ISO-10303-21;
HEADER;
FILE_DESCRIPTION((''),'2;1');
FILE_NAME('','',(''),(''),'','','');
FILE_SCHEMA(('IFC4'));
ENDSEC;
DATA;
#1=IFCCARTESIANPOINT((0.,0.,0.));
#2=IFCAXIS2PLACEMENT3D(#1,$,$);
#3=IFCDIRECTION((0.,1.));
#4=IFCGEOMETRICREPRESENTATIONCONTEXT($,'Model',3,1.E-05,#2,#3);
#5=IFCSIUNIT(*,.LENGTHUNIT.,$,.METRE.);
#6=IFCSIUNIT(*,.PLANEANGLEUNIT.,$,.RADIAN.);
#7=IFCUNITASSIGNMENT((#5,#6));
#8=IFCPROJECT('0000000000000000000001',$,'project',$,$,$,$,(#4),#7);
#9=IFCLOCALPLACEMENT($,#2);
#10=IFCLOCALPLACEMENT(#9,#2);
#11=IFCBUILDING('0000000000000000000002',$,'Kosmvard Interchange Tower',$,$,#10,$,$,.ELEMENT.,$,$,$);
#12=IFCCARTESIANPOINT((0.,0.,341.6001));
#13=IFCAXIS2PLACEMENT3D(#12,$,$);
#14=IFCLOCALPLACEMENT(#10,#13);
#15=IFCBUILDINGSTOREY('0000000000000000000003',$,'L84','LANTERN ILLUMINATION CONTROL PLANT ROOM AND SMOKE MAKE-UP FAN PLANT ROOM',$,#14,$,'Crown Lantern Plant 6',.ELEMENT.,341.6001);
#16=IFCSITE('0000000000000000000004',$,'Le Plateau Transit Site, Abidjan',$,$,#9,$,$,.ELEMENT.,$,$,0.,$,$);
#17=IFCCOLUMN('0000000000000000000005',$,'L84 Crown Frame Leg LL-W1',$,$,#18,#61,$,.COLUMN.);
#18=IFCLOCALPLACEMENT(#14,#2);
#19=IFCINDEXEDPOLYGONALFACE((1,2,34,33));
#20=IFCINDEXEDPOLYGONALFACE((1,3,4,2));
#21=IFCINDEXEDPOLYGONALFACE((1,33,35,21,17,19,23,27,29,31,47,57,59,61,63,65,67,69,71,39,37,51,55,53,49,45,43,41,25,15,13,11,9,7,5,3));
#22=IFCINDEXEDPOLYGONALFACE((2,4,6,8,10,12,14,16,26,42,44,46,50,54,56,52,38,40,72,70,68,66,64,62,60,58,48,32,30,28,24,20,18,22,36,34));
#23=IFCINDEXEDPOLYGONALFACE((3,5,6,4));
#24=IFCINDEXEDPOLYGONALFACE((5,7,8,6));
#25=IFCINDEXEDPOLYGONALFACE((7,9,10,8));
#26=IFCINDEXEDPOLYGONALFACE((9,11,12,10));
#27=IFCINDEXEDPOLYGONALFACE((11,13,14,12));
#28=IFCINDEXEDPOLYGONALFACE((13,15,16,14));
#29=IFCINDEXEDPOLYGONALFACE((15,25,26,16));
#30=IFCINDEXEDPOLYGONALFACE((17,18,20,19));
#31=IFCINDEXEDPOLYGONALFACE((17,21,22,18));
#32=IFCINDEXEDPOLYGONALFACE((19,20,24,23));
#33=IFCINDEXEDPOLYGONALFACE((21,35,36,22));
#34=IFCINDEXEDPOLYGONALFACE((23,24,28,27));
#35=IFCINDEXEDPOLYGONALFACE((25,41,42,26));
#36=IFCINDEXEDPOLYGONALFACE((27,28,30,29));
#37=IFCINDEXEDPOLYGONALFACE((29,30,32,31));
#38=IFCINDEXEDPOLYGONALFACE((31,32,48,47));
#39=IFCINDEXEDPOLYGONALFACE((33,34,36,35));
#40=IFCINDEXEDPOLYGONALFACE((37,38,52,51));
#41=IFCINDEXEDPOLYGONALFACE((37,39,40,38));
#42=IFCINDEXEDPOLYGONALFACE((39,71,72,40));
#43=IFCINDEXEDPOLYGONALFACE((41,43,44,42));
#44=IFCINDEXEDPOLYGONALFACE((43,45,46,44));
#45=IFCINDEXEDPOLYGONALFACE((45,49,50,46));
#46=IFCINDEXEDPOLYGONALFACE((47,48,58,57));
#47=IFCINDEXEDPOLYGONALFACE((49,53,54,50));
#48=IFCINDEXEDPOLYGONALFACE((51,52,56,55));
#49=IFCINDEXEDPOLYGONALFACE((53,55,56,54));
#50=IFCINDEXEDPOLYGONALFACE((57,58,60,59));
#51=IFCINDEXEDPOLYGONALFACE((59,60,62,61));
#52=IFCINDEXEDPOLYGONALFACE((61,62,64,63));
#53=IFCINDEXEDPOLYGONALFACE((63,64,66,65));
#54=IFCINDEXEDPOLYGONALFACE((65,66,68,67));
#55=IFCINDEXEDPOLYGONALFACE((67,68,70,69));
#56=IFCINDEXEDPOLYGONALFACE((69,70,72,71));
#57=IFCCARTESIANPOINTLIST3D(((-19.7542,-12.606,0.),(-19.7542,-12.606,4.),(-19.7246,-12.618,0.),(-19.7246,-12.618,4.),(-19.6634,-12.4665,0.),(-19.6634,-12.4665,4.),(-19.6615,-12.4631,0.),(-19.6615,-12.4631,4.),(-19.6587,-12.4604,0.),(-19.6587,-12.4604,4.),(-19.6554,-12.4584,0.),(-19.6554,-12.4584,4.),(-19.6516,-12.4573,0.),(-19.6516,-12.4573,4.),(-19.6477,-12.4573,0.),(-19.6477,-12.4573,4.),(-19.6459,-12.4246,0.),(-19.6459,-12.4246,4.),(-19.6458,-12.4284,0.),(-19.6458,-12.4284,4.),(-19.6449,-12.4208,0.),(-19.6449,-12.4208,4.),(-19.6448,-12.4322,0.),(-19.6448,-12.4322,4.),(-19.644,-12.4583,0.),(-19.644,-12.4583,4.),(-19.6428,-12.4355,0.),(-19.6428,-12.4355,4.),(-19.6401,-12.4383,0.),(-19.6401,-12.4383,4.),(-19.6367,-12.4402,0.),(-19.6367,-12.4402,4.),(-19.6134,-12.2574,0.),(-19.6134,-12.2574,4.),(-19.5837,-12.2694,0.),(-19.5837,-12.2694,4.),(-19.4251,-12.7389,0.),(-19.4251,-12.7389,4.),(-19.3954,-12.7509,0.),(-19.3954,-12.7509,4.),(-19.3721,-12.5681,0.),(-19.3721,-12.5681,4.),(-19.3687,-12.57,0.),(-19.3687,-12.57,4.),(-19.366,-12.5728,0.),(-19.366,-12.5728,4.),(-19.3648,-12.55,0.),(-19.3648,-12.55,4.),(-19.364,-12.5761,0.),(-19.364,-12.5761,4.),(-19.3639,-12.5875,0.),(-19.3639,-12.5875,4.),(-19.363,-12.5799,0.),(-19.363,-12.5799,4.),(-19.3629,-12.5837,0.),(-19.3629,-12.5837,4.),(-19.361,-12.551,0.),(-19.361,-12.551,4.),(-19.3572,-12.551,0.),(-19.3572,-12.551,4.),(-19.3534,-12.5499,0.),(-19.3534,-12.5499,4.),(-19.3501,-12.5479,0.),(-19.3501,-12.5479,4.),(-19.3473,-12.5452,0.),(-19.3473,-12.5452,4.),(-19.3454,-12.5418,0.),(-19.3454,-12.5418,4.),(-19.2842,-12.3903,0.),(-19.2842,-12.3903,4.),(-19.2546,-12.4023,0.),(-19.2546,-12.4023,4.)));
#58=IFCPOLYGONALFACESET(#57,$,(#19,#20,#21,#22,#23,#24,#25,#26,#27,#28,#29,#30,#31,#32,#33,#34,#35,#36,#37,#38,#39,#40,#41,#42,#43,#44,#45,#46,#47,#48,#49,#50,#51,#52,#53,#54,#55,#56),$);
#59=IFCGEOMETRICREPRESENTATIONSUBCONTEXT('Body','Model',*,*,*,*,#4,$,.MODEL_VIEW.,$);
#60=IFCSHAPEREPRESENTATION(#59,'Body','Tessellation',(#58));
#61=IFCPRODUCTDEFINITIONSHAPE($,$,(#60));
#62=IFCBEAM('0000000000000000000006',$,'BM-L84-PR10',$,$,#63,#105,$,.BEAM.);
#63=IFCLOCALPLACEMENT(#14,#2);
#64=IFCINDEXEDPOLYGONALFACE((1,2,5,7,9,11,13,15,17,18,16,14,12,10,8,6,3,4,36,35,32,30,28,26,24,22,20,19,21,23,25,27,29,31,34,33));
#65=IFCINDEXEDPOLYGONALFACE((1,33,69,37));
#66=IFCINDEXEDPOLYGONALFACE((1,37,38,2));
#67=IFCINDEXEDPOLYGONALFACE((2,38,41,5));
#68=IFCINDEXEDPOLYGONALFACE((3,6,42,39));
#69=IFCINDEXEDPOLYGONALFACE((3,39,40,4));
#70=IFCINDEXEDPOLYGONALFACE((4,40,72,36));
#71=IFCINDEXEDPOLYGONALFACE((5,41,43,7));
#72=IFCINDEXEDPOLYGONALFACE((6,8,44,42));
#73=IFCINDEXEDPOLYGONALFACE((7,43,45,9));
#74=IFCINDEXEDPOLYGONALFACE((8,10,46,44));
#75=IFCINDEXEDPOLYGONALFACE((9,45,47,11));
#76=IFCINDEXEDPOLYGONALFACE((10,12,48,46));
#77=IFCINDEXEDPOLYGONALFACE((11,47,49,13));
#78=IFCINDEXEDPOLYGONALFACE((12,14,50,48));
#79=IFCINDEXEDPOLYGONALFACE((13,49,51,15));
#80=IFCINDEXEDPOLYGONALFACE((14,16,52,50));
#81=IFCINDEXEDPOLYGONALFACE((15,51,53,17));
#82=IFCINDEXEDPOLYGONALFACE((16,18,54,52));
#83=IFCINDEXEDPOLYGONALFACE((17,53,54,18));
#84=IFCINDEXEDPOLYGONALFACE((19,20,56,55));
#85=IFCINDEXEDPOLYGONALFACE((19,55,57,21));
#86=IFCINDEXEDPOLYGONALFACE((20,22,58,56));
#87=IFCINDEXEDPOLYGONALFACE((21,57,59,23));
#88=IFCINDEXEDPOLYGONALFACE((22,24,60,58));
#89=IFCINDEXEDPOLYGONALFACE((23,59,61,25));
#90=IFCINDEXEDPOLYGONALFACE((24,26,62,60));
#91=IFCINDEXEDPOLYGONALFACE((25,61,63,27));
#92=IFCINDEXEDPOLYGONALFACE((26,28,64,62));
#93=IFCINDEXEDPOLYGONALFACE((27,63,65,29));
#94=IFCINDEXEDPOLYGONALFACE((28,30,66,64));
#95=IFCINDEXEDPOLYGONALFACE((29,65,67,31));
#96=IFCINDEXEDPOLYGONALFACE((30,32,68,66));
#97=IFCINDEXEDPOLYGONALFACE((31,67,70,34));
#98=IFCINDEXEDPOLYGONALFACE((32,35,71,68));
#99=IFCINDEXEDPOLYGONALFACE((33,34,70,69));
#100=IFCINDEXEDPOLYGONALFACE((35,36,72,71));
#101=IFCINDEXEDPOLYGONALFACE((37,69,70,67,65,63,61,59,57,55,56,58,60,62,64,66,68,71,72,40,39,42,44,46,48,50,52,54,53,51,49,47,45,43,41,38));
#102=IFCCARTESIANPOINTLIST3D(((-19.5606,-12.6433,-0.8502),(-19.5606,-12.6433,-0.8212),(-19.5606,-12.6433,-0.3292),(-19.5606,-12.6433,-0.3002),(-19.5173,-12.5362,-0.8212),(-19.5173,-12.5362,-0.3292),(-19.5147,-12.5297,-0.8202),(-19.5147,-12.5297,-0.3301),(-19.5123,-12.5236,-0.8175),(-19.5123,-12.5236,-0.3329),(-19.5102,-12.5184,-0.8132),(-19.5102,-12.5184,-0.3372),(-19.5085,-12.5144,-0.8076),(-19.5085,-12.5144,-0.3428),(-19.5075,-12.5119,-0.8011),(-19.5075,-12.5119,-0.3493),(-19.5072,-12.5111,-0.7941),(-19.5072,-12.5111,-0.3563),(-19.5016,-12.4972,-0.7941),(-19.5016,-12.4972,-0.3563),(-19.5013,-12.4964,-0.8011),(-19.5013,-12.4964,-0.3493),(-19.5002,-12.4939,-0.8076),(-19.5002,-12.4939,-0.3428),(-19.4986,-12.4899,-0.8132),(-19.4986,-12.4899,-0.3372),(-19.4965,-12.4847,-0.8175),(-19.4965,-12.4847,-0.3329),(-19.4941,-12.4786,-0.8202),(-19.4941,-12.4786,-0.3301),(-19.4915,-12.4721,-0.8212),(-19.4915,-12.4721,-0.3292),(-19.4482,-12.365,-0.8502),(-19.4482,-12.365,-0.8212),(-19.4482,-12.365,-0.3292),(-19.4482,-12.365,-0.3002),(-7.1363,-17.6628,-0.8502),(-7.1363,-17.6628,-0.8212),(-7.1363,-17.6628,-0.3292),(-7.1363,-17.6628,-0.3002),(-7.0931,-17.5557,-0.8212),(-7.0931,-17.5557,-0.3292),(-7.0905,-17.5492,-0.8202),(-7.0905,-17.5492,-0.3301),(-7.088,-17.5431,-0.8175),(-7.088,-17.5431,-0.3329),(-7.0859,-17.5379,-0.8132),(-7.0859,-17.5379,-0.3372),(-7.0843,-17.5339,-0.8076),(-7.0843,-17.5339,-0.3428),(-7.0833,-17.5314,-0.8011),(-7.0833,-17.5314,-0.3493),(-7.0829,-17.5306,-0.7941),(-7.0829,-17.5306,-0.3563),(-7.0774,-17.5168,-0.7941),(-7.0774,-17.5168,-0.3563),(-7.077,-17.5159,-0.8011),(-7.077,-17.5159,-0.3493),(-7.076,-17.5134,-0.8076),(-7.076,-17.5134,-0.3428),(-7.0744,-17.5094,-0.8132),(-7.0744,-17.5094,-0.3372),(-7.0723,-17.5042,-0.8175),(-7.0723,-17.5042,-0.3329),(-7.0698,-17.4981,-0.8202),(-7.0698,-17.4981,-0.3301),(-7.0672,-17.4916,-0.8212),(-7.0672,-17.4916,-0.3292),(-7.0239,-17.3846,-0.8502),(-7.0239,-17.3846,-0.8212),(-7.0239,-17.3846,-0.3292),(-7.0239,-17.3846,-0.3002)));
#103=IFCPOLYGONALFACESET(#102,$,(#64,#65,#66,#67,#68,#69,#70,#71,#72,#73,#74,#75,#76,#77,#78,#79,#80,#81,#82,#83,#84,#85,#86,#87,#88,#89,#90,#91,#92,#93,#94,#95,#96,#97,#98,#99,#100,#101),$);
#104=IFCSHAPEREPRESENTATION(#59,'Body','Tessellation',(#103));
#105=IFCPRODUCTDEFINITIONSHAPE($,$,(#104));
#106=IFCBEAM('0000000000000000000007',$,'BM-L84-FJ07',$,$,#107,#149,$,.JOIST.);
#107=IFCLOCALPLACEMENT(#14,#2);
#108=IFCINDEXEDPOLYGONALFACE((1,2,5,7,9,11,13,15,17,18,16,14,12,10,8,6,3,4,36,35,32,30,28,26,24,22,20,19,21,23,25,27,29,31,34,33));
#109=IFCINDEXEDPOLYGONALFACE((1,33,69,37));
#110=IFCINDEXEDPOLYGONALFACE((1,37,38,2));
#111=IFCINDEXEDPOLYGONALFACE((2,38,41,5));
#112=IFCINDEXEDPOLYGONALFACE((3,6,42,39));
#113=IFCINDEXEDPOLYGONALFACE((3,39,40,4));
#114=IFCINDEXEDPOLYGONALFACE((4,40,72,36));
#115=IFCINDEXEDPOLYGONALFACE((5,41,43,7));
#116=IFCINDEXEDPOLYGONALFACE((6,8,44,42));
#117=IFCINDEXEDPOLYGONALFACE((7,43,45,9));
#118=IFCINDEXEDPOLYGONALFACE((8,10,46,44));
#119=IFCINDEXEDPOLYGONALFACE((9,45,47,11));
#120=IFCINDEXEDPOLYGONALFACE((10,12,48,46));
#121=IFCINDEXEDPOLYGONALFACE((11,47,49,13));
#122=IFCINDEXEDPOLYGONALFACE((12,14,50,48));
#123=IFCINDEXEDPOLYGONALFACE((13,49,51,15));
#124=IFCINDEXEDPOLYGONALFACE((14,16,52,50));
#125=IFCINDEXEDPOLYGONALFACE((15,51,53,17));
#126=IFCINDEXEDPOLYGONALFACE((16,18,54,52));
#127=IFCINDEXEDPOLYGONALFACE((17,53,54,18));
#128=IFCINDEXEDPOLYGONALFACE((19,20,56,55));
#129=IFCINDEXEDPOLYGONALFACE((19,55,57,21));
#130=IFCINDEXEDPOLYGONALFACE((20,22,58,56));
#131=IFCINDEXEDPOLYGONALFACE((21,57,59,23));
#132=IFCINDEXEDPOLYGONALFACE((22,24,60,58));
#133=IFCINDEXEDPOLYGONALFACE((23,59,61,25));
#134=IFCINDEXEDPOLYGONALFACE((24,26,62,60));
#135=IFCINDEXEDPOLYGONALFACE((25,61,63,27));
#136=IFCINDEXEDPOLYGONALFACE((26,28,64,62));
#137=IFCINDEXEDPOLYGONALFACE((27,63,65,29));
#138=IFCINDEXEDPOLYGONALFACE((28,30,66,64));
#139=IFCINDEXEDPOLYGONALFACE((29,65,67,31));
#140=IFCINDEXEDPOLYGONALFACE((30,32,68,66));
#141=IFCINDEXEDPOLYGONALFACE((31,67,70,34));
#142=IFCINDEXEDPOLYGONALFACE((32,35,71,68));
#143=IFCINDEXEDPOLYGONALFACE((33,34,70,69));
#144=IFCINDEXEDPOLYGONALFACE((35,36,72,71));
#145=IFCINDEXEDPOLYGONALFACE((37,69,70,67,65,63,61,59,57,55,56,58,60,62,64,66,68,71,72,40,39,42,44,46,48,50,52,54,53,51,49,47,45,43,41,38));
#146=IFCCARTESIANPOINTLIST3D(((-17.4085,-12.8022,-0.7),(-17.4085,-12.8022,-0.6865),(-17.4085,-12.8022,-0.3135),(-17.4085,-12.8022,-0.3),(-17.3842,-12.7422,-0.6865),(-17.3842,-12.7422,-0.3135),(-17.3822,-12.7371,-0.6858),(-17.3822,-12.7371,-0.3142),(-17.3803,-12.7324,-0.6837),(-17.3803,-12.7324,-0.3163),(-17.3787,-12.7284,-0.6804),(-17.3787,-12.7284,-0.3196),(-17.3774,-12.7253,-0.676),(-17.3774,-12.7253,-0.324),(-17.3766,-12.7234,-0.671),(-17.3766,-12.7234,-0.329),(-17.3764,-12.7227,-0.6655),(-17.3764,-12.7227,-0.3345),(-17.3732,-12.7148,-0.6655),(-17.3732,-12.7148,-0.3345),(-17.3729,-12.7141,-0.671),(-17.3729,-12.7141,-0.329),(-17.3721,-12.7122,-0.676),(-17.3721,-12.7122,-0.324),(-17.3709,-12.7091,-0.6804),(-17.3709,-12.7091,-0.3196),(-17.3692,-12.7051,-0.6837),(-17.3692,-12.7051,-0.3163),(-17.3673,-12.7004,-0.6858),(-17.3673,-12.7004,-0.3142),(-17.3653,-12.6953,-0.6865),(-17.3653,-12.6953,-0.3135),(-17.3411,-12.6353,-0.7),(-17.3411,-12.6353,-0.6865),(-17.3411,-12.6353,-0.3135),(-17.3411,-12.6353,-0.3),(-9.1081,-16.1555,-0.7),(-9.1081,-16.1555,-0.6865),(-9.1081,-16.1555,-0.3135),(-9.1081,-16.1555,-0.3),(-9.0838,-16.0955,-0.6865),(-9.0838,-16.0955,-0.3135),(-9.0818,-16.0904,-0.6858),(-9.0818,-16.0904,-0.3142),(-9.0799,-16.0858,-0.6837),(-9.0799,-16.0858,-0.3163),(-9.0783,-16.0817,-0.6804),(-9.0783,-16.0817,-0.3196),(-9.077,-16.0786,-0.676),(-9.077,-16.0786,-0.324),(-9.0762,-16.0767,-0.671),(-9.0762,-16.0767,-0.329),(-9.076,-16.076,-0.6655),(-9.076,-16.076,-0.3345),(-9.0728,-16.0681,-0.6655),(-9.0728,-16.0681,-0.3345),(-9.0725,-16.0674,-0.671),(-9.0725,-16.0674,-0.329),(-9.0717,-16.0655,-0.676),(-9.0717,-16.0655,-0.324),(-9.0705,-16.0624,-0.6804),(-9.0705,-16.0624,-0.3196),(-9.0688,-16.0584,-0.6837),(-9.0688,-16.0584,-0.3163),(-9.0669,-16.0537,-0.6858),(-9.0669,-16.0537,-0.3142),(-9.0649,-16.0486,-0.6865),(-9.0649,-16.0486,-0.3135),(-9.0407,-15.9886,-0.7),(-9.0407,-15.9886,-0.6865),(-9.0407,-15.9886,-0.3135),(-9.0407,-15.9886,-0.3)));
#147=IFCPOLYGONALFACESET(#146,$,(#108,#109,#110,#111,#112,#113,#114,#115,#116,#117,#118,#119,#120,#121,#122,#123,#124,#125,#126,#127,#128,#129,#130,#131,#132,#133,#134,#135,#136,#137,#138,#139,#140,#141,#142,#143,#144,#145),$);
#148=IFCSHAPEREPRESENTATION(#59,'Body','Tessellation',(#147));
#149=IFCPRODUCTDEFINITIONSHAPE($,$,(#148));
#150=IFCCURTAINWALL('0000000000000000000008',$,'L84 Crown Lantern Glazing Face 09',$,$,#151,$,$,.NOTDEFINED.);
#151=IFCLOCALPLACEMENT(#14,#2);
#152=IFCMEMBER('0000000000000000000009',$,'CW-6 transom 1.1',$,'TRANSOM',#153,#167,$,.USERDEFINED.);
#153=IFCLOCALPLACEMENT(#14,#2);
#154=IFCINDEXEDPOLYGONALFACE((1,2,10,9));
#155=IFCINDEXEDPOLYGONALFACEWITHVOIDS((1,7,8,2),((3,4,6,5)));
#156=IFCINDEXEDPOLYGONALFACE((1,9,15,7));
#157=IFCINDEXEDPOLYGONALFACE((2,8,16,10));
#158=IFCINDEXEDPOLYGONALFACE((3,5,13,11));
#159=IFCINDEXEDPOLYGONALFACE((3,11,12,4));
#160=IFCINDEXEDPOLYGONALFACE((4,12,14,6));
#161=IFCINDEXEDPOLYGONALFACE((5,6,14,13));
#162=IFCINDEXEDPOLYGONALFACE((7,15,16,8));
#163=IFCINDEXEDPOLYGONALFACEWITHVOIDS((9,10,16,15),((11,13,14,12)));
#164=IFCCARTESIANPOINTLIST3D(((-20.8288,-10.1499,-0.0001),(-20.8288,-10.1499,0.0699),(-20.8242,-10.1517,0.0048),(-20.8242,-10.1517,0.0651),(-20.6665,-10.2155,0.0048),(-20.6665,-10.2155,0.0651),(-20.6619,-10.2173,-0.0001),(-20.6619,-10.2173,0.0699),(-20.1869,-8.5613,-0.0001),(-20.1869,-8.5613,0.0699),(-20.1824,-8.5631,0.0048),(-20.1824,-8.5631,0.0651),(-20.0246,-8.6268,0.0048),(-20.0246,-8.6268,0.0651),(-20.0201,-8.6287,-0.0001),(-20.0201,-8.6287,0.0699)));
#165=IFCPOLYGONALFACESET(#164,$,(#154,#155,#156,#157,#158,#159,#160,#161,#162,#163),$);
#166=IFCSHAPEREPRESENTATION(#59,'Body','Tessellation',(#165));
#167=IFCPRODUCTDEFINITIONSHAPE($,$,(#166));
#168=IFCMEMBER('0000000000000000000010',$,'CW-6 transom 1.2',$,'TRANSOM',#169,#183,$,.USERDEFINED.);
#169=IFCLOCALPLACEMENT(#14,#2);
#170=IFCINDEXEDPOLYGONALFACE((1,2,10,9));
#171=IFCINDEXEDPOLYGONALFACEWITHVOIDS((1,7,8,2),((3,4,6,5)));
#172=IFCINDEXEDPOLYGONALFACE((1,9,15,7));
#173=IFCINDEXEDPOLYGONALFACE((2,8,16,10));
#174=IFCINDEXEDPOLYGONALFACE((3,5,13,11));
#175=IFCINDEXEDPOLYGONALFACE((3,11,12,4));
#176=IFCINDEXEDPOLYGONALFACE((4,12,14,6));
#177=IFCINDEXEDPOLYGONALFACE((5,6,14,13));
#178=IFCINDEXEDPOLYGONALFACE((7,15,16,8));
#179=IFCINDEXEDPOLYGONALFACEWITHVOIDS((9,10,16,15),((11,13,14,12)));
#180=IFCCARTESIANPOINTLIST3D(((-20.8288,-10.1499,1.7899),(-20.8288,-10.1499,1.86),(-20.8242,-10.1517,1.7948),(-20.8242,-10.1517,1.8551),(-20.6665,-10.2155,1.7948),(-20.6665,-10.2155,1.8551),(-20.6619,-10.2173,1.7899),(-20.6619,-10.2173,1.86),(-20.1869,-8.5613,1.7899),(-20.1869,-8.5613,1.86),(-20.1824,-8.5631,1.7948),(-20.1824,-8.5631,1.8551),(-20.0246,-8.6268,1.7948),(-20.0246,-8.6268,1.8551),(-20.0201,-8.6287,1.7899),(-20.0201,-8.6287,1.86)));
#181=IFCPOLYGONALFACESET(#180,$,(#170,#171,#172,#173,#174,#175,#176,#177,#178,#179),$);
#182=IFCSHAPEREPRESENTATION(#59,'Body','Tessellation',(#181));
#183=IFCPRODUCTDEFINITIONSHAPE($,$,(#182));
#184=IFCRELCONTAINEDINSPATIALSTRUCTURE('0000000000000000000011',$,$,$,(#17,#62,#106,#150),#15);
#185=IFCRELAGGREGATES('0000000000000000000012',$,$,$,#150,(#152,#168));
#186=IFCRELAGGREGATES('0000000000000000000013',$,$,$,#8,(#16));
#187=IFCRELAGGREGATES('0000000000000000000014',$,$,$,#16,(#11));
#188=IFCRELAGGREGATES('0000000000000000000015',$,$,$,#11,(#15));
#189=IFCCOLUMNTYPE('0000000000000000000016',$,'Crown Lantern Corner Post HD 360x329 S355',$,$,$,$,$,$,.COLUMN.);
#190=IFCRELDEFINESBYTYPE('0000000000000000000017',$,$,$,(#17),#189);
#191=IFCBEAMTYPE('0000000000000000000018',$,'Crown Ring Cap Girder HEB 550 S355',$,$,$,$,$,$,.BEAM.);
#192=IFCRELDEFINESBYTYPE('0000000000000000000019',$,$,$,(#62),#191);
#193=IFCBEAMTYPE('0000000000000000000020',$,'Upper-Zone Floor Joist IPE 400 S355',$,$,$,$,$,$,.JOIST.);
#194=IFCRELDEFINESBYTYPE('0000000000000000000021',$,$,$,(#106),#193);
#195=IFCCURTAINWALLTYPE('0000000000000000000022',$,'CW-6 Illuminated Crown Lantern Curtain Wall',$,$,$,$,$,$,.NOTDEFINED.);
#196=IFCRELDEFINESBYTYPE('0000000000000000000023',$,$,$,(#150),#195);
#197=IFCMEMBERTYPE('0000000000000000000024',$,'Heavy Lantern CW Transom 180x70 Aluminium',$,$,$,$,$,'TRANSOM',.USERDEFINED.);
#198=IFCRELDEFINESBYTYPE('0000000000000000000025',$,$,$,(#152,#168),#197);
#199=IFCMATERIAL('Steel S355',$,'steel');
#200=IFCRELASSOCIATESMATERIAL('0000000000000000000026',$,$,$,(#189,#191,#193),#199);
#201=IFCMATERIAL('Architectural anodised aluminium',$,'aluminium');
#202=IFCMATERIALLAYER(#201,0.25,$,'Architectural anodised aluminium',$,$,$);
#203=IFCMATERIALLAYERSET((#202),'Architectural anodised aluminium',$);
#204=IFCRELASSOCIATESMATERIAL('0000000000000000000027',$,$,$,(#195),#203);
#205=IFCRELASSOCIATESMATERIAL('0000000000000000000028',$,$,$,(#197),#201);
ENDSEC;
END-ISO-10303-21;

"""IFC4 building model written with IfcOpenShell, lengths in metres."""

from ifc_helpers import new_model, si_unit, direction, frame, origin, origin_2d, place, context, subcontext, project, spatial, hollow_rectangle, i_section, extrude, source, transform, mapped, material, layer, layer_set, material_profile, profile_set, type_object, element, aggregate, save


model = new_model("IFC4")

# Units and contexts
model_context = context("Model", 3, precision=1e-05, world=origin(), true_north=direction((0.0, 1.0)))
body_context = subcontext(model_context, "Body", "Model", "MODEL_VIEW")
ifc_project = project(units=[si_unit("LENGTHUNIT", "METRE"), si_unit("PLANEANGLEUNIT", "RADIAN")], contexts=[model_context])

# Site, building, storey
site_placement = place(None, origin())
site = spatial("IfcSite", under=ifc_project, at=site_placement, Name="Le Plateau Transit Site, Abidjan", CompositionType="ELEMENT", RefElevation=0.0)
building_placement = place(site_placement, origin())
building = spatial("IfcBuilding", under=site, at=building_placement, Name="Kosmvard Interchange Tower", CompositionType="ELEMENT")
storey_placement = place(building_placement, frame((0.0, 0.0, 341.6001)))
storey = spatial("IfcBuildingStorey", under=building, at=storey_placement, Name="L84", Description="LANTERN ILLUMINATION CONTROL PLANT ROOM AND SMOKE MAKE-UP FAN PLANT ROOM", LongName="Crown Lantern Plant 6", CompositionType="ELEMENT", Elevation=341.6001)

# Column
ifc_material_1 = material(Name="Steel S355", Category="steel")
ifc_material_profile_1 = material_profile(ifc_material_1, i_section(OverallWidth=0.376, OverallDepth=0.387, WebThickness=0.0195, FlangeThickness=0.032, FilletRadius=0.0149, at=origin_2d()), Name="HD 360x329")
ifc_profile_set_1 = profile_set([ifc_material_profile_1], Name="Steel S355")
column_type = type_object("IfcColumnType", Name="Crown Lantern Corner Post HD 360x329 S355", PredefinedType="COLUMN", material=ifc_profile_set_1)
shared_shape_1 = source(origin(), body_context, "Body", "SweptSolid", [
    extrude(i_section(OverallWidth=0.376, OverallDepth=0.387, WebThickness=0.0195, FlangeThickness=0.032, FilletRadius=0.0149, at=origin_2d()), origin(), (0.0, 0.0, 1.0), 4.0),
])
column_placement = place(storey_placement, frame((-19.5044, -12.5042, 0.0), z_axis=(0.0, 0.0, 1.0), x_axis=(0.374607, 0.927184, 0.0)))
element("IfcColumn", 1, at=column_placement, inside=storey, type_object=column_type, Name="L84 Crown Frame Leg LL-W1", PredefinedType="COLUMN", context=body_context, shape_type="MappedRepresentation", body=[
    mapped(shared_shape_1, transform((0.0, 0.0, 0.0), scale=1.0)),
])

# Beams
ifc_material_profile_2 = material_profile(ifc_material_1, i_section(OverallWidth=0.3, OverallDepth=0.55, WebThickness=0.0149, FlangeThickness=0.0291, FilletRadius=0.0271, at=origin_2d()), Name="HEB 550")
ifc_profile_set_2 = profile_set([ifc_material_profile_2], Name="Steel S355")
beam_type_1 = type_object("IfcBeamType", Name="Crown Ring Cap Girder HEB 550 S355", PredefinedType="BEAM", material=ifc_profile_set_2)
shared_shape_2 = source(origin(), body_context, "Body", "SweptSolid", [
    extrude(i_section(OverallWidth=0.3, OverallDepth=0.55, WebThickness=0.0149, FlangeThickness=0.0291, FilletRadius=0.0271, at=origin_2d()), origin(), (0.0, 0.0, 1.0), 13.3999),
])
beam_1_placement = place(storey_placement, frame((-19.5044, -12.5042, -0.5752), z_axis=(0.92719, -0.374593, 0.0), x_axis=(0.374593, 0.92719, 0.0)))
element("IfcBeam", 2, at=beam_1_placement, inside=storey, type_object=beam_type_1, Name="BM-L84-PR10", PredefinedType="BEAM", context=body_context, shape_type="MappedRepresentation", body=[
    mapped(shared_shape_2, transform((0.0, 0.0, 0.0), scale=1.0)),
])
ifc_material_profile_3 = material_profile(ifc_material_1, i_section(OverallWidth=0.1799, OverallDepth=0.3999, WebThickness=0.0085, FlangeThickness=0.0134, FilletRadius=0.021, at=origin_2d()), Name="IPE 400")
ifc_profile_set_3 = profile_set([ifc_material_profile_3], Name="Steel S355")
beam_type_2 = type_object("IfcBeamType", Name="Upper-Zone Floor Joist IPE 400 S355", PredefinedType="JOIST", material=ifc_profile_set_3)
shared_shape_3 = source(origin(), body_context, "Body", "SweptSolid", [
    extrude(i_section(OverallWidth=0.1799, OverallDepth=0.3999, WebThickness=0.0085, FlangeThickness=0.0134, FilletRadius=0.021, at=origin_2d()), origin(), (0.0, 0.0, 1.0), 8.9521),
])
beam_2_placement = place(storey_placement, frame((-17.3748, -12.7188, -0.5), z_axis=(0.927194, -0.374581, 0.0), x_axis=(0.374581, 0.927194, 0.0)))
element("IfcBeam", 3, at=beam_2_placement, inside=storey, type_object=beam_type_2, Name="BM-L84-FJ07", PredefinedType="JOIST", context=body_context, shape_type="MappedRepresentation", body=[
    mapped(shared_shape_3, transform((0.0, 0.0, 0.0), scale=1.0)),
])

# Curtain wall, members
ifc_material_2 = material(Name="Architectural anodised aluminium", Category="aluminium")
ifc_layer_1 = layer(ifc_material_2, 0.25, Name="Architectural anodised aluminium")
ifc_layer_set_1 = layer_set([ifc_layer_1], Name="Architectural anodised aluminium")
curtain_wall_type = type_object("IfcCurtainWallType", Name="CW-6 Illuminated Crown Lantern Curtain Wall", PredefinedType="NOTDEFINED", material=ifc_layer_set_1)
curtain_wall_placement = place(storey_placement, origin())
curtain_wall = element("IfcCurtainWall", 4, at=curtain_wall_placement, inside=storey, type_object=curtain_wall_type, Name="L84 Crown Lantern Glazing Face 09", PredefinedType="NOTDEFINED")
ifc_material_profile_4 = material_profile(ifc_material_2, hollow_rectangle(XDim=0.1799, YDim=0.0701, WallThickness=0.0049, at=origin_2d()), Name="CWT 180x70x5")
ifc_profile_set_4 = profile_set([ifc_material_profile_4], Name="Architectural anodised aluminium")
member_type_1 = type_object("IfcMemberType", Name="Heavy Lantern CW Transom 180x70 Aluminium", ElementType="TRANSOM", PredefinedType="USERDEFINED", material=ifc_profile_set_4)
shared_shape_4 = source(origin(), body_context, "Body", "SweptSolid", [
    extrude(hollow_rectangle(XDim=0.1799, YDim=0.0701, WallThickness=0.0049, at=origin_2d()), origin(), (0.0, 0.0, 1.0), 1.7134),
])
member_1_placement = place(storey_placement, frame((-20.1035, -8.595, 0.0349), z_axis=(-0.374607, -0.927184, 0.0), x_axis=(0.927184, -0.374607, 0.0)))
member_1 = element("IfcMember", 5, at=member_1_placement, type_object=member_type_1, Name="CW-6 transom 1.1", ObjectType="TRANSOM", PredefinedType="USERDEFINED", context=body_context, shape_type="MappedRepresentation", body=[
    mapped(shared_shape_4, transform((0.0, 0.0, 0.0), scale=1.0)),
])
member_2_placement = place(storey_placement, frame((-20.1035, -8.595, 1.825), z_axis=(-0.374607, -0.927184, 0.0), x_axis=(0.927184, -0.374607, 0.0)))
member_2 = element("IfcMember", 6, at=member_2_placement, type_object=member_type_1, Name="CW-6 transom 1.2", ObjectType="TRANSOM", PredefinedType="USERDEFINED", context=body_context, shape_type="MappedRepresentation", body=[
    mapped(shared_shape_4, transform((0.0, 0.0, 0.0), scale=1.0)),
])

aggregate(curtain_wall, [member_1, member_2])

save(model, "model.ifc")
